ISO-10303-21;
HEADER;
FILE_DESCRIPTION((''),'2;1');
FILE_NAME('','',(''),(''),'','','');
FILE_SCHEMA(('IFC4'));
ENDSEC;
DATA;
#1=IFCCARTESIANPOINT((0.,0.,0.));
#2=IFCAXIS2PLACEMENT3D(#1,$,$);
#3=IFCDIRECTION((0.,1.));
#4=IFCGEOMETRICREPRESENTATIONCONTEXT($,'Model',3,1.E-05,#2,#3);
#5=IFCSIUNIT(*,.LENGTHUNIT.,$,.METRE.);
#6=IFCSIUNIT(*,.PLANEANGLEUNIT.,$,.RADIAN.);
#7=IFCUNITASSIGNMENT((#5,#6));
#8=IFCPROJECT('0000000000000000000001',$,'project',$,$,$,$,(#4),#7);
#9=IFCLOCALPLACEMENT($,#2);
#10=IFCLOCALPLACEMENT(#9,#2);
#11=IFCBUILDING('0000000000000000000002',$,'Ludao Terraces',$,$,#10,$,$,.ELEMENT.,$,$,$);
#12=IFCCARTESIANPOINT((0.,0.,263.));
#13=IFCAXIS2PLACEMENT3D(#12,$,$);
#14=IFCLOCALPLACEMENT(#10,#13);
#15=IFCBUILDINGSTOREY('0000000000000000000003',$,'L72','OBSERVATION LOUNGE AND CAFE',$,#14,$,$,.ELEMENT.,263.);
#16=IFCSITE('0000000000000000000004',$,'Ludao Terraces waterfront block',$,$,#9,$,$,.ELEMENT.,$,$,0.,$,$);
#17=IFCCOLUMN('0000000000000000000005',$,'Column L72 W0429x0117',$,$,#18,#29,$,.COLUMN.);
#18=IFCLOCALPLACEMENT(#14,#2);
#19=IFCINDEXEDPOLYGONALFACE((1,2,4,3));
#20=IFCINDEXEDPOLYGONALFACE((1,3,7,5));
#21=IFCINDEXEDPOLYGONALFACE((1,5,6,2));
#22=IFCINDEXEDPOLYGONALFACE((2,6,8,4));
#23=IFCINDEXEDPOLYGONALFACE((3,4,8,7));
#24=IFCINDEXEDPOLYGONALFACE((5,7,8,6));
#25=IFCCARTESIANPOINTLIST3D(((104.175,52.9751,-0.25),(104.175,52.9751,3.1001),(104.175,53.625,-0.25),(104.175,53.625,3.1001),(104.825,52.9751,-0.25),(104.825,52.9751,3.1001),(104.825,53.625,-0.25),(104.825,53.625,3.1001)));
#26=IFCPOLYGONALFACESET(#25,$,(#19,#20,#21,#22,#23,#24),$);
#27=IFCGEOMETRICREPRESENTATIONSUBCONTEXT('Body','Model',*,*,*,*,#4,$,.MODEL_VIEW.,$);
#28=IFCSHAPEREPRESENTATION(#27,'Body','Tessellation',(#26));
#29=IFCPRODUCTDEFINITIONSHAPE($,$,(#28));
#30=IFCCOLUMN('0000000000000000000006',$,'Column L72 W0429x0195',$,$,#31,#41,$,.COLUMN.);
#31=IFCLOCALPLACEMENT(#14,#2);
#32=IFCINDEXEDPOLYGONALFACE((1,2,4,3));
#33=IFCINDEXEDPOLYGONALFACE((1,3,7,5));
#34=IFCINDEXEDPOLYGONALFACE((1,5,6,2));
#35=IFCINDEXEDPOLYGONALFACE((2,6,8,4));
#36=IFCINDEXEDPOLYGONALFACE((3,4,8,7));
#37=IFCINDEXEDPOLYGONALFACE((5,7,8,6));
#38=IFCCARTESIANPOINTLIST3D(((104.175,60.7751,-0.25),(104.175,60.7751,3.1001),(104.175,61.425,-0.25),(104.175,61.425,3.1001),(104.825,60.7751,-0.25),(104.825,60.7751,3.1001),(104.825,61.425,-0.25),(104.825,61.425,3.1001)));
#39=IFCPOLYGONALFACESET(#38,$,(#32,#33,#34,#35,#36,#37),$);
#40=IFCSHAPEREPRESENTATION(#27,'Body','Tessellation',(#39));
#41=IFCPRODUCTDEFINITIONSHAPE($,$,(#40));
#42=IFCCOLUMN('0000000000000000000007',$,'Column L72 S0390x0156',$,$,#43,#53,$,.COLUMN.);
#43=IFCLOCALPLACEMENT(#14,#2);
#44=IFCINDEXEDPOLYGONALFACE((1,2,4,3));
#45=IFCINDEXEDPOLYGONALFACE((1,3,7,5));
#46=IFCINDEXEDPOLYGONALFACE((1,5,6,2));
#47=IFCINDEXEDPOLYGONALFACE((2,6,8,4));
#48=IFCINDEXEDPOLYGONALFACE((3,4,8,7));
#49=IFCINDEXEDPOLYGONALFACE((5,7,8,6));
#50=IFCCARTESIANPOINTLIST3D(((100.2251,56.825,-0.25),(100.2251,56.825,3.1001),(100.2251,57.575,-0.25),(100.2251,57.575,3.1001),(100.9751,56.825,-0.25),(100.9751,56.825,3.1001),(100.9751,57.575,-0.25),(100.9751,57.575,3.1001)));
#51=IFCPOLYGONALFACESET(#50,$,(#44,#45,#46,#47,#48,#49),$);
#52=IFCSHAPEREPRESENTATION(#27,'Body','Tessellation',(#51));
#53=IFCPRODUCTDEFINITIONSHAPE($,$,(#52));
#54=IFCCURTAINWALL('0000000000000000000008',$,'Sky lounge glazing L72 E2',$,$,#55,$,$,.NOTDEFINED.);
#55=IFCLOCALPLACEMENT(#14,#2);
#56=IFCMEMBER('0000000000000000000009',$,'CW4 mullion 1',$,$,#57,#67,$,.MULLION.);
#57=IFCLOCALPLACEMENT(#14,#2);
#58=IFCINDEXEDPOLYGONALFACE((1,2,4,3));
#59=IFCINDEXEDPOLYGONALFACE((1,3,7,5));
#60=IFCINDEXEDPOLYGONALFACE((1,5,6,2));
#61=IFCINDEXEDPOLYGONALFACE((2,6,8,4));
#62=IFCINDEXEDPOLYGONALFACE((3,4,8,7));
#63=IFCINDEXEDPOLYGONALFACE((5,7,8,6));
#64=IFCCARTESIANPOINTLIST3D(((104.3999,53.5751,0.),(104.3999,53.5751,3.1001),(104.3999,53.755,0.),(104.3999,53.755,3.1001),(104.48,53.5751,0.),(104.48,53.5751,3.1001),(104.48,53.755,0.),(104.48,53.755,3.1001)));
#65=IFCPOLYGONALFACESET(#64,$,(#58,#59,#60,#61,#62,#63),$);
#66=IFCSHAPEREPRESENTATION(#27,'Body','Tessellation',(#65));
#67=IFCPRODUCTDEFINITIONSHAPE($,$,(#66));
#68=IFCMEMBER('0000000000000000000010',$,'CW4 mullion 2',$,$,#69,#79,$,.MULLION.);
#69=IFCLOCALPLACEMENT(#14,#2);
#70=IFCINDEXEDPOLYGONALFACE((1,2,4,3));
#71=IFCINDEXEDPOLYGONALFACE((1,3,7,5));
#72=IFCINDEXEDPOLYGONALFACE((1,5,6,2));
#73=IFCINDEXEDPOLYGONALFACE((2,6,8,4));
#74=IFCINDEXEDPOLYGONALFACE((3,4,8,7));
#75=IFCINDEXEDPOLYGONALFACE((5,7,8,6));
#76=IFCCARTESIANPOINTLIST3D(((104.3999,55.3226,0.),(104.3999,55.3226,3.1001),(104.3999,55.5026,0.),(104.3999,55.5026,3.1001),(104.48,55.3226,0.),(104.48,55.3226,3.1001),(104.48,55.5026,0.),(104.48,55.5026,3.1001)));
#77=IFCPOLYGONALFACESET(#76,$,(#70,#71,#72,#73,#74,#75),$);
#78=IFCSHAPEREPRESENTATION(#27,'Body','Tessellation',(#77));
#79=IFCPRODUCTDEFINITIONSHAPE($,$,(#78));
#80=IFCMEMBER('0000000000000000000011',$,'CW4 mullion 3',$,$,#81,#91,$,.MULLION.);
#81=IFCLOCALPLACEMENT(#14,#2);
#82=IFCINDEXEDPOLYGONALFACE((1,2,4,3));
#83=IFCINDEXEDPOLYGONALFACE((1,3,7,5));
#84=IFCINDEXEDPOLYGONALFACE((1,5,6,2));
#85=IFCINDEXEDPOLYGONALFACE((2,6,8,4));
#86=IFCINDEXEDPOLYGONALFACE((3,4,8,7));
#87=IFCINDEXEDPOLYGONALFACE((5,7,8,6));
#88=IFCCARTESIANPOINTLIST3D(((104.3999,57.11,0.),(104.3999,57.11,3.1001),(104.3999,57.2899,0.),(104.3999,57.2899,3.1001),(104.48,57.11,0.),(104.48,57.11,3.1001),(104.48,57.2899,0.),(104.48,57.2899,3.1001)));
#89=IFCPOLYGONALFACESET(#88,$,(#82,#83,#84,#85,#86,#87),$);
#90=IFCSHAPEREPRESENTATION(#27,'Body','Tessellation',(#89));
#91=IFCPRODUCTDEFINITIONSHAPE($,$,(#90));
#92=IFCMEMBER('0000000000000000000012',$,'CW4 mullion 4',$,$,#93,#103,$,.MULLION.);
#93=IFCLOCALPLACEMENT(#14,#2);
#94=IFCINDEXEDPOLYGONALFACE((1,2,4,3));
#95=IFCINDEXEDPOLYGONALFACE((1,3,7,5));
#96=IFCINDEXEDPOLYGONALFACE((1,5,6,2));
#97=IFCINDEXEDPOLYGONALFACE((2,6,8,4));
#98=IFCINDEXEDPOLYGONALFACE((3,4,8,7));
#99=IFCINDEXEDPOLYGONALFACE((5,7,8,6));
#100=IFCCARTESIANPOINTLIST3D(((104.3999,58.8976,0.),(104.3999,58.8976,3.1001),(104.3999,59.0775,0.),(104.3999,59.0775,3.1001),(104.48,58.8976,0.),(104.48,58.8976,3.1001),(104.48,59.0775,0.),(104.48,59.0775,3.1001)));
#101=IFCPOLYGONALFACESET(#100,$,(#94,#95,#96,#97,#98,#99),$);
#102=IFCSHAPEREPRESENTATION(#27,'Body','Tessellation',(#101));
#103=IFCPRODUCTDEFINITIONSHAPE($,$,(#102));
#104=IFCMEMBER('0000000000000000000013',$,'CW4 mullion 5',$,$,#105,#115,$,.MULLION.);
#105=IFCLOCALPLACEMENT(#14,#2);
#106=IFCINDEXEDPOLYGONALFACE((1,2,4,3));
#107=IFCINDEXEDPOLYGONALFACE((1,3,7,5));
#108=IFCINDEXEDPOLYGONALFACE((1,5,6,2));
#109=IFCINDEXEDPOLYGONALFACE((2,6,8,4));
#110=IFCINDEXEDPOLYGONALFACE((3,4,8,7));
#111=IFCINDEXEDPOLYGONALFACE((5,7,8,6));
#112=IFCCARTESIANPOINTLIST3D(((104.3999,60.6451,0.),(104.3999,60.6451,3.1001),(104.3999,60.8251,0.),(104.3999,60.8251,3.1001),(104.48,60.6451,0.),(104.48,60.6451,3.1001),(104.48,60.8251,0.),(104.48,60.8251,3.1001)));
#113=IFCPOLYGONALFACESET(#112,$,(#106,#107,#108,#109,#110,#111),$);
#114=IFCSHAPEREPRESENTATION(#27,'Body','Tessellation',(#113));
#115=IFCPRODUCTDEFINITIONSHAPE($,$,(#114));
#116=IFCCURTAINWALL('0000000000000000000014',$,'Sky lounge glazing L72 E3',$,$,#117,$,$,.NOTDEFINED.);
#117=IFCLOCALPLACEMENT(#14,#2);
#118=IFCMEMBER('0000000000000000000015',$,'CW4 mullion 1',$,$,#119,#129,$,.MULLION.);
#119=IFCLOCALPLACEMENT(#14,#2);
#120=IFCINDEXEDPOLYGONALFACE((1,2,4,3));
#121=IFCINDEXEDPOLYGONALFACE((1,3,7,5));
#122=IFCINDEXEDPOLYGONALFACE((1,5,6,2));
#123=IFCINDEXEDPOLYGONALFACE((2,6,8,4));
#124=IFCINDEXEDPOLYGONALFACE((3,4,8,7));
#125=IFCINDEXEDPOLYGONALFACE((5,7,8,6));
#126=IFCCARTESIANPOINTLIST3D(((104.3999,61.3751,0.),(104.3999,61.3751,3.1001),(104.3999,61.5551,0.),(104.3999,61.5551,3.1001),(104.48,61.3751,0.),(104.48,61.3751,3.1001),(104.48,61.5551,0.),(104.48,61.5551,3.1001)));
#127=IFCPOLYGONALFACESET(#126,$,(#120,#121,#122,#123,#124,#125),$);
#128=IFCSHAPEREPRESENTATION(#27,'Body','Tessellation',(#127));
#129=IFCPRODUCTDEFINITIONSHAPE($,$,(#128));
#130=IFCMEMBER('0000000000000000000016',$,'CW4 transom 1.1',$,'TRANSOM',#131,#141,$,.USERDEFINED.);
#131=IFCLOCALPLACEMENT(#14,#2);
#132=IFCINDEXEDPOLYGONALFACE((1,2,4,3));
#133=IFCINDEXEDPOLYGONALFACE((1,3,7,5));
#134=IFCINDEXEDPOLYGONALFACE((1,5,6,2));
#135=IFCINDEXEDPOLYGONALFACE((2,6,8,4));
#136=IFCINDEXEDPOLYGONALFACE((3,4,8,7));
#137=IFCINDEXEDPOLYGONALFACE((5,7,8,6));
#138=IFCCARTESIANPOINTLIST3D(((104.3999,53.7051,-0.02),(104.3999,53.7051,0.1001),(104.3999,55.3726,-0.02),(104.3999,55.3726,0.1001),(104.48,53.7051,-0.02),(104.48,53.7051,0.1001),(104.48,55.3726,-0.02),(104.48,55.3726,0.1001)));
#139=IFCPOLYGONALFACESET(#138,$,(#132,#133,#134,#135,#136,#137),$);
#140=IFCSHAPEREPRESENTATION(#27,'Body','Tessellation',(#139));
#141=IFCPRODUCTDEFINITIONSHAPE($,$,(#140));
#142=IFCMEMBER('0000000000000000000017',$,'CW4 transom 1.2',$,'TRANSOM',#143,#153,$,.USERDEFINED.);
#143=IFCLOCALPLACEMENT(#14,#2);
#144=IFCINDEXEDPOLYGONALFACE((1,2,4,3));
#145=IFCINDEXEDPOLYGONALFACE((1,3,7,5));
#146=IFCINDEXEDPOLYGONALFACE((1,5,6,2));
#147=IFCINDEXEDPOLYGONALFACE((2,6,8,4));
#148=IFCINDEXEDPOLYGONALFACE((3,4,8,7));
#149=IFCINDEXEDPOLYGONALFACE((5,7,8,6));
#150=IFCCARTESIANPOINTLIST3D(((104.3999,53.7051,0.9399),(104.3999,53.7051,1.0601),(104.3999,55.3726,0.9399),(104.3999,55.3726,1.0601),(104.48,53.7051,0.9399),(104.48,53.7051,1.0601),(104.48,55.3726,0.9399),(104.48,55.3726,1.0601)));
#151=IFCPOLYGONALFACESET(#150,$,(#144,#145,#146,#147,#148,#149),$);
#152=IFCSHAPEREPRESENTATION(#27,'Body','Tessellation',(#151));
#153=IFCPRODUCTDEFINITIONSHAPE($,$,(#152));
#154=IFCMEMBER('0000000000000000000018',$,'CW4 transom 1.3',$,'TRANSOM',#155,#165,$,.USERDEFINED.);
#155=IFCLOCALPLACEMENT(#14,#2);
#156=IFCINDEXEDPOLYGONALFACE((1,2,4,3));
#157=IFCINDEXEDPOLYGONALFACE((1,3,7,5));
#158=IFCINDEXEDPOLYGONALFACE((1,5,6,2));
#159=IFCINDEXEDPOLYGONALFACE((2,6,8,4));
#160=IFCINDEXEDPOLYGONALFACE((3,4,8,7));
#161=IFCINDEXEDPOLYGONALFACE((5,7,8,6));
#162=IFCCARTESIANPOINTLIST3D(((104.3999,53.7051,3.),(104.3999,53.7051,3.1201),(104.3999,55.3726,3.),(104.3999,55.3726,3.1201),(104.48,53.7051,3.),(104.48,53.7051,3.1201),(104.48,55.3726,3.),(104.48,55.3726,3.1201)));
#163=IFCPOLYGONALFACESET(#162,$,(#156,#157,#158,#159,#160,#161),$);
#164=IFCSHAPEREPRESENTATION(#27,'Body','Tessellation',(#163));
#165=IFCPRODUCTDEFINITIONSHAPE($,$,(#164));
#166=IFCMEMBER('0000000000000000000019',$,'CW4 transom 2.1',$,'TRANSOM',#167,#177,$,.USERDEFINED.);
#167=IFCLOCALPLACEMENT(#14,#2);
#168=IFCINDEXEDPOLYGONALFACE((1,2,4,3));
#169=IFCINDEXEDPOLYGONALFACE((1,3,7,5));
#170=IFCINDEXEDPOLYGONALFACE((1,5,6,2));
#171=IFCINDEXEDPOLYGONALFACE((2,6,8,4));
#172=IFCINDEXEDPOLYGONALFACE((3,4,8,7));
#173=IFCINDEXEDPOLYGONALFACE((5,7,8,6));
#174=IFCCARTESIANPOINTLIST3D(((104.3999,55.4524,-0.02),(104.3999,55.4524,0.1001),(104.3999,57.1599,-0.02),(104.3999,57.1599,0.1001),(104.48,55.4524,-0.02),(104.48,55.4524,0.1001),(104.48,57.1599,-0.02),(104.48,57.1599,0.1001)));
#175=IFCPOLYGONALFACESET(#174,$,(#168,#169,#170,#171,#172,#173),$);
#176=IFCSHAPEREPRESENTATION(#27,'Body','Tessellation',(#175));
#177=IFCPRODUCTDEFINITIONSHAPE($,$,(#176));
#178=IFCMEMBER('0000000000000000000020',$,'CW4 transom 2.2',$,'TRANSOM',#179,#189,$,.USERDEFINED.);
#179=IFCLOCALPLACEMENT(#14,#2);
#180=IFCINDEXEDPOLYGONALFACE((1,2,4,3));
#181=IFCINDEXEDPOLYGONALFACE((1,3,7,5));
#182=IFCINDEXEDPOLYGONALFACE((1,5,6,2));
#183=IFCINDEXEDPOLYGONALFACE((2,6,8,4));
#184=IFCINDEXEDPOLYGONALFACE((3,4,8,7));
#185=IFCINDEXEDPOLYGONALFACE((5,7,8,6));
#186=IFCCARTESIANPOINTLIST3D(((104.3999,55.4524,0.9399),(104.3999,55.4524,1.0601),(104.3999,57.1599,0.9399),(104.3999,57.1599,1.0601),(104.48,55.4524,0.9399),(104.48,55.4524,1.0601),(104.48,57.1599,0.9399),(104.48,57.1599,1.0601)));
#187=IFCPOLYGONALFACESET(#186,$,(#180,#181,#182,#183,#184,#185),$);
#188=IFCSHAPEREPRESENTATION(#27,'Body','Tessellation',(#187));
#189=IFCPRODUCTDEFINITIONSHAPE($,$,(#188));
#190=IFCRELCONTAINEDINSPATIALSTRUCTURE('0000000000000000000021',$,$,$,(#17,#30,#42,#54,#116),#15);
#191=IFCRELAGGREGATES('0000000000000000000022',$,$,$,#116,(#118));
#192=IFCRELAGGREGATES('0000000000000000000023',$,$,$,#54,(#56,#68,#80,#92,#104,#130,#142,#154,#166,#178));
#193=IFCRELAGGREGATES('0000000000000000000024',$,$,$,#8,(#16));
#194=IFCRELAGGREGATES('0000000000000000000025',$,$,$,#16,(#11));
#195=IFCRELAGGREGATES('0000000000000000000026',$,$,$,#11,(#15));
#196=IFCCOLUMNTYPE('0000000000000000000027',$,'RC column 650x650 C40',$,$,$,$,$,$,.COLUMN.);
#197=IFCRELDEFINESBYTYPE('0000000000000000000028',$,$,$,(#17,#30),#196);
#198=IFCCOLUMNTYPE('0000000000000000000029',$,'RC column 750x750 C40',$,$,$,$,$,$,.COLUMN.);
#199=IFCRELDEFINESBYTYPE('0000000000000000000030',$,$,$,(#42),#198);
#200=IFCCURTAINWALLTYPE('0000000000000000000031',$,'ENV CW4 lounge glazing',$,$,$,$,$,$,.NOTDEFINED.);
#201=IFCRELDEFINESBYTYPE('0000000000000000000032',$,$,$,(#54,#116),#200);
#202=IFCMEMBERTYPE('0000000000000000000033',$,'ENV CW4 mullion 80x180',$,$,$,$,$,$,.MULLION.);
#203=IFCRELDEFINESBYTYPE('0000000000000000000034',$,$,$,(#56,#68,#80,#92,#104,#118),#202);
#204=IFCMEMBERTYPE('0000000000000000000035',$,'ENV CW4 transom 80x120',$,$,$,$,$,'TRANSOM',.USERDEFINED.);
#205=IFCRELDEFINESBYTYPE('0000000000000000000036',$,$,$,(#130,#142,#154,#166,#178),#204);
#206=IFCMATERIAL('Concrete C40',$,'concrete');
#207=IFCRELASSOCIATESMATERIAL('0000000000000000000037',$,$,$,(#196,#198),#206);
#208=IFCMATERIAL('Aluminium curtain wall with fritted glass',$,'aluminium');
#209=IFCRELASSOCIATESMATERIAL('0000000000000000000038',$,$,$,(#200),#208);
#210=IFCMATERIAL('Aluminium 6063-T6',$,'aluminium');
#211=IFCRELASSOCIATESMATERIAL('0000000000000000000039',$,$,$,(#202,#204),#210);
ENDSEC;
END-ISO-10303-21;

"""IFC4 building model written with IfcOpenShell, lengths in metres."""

from ifc_helpers import new_model, si_unit, direction, frame, origin, origin_2d, place, context, subcontext, project, spatial, rectangle, extrude, material, material_profile, profile_set, type_object, element, aggregate, save


model = new_model("IFC4")

# Units and contexts
model_context = context("Model", 3, precision=1e-05, world=origin(), true_north=direction((0.0, 1.0)))
body_context = subcontext(model_context, "Body", "Model", "MODEL_VIEW")
ifc_project = project(units=[si_unit("LENGTHUNIT", "METRE"), si_unit("PLANEANGLEUNIT", "RADIAN")], contexts=[model_context])

# Site, building, storey
site_placement = place(None, origin())
site = spatial("IfcSite", under=ifc_project, at=site_placement, Name="Ludao Terraces waterfront block", CompositionType="ELEMENT", RefElevation=0.0)
building_placement = place(site_placement, origin())
building = spatial("IfcBuilding", under=site, at=building_placement, Name="Ludao Terraces", CompositionType="ELEMENT")
storey_placement = place(building_placement, frame((0.0, 0.0, 263.0)))
storey = spatial("IfcBuildingStorey", under=building, at=storey_placement, Name="L72", Description="OBSERVATION LOUNGE AND CAFE", CompositionType="ELEMENT", Elevation=263.0)

# Columns
ifc_material_1 = material(Name="Concrete C40", Category="concrete")
ifc_material_profile_1 = material_profile(ifc_material_1, rectangle(XDim=0.6499, YDim=0.6499, at=origin_2d()), Name="650 X 650")
ifc_profile_set_1 = profile_set([ifc_material_profile_1], Name="Concrete C40")
column_type_1 = type_object("IfcColumnType", Name="RC column 650x650 C40", PredefinedType="COLUMN", material=ifc_profile_set_1)
for number, where, z_axis, x_axis, name in (
    (1, (104.5, 53.3, -0.25), (0.0, 0.0, 1.0), (1.0, 0.0, 0.0), "Column L72 W0429x0117"),
    (2, (104.5, 61.1001, -0.25), (0.0, 0.0, 1.0), (1.0, 0.0, 0.0), "Column L72 W0429x0195"),
):
    element("IfcColumn", number, at=place(storey_placement, frame(where, z_axis=z_axis, x_axis=x_axis)), inside=storey, type_object=column_type_1, Name=name, PredefinedType="COLUMN", context=body_context, shape_type="SweptSolid", body=[
        extrude(rectangle(XDim=0.6499, YDim=0.6499, at=origin_2d()), origin(), (0.0, 0.0, 1.0), 3.3501),
    ])
ifc_material_profile_2 = material_profile(ifc_material_1, rectangle(XDim=0.75, YDim=0.75, at=origin_2d()), Name="750 X 750")
ifc_profile_set_2 = profile_set([ifc_material_profile_2], Name="Concrete C40")
column_type_2 = type_object("IfcColumnType", Name="RC column 750x750 C40", PredefinedType="COLUMN", material=ifc_profile_set_2)
column_placement = place(storey_placement, frame((100.6001, 57.2, -0.25), z_axis=(0.0, 0.0, 1.0), x_axis=(1.0, 0.0, 0.0)))
element("IfcColumn", 3, at=column_placement, inside=storey, type_object=column_type_2, Name="Column L72 S0390x0156", PredefinedType="COLUMN", context=body_context, shape_type="SweptSolid", body=[
    extrude(rectangle(XDim=0.75, YDim=0.75, at=origin_2d()), origin(), (0.0, 0.0, 1.0), 3.3501),
])

# Curtain wall, members
ifc_material_2 = material(Name="Aluminium curtain wall with fritted glass", Category="aluminium")
curtain_wall_type = type_object("IfcCurtainWallType", Name="ENV CW4 lounge glazing", PredefinedType="NOTDEFINED", material=ifc_material_2)
curtain_wall_1_placement = place(storey_placement, origin())
curtain_wall_1 = element("IfcCurtainWall", 4, at=curtain_wall_1_placement, inside=storey, type_object=curtain_wall_type, Name="Sky lounge glazing L72 E2", PredefinedType="NOTDEFINED")
ifc_material_3 = material(Name="Aluminium 6063-T6", Category="aluminium")
ifc_material_profile_3 = material_profile(ifc_material_3, rectangle(XDim=0.0801, YDim=0.1799, at=origin_2d()), Name="80 X 180")
ifc_profile_set_3 = profile_set([ifc_material_profile_3], Name="Aluminium 6063-T6")
member_type_1 = type_object("IfcMemberType", Name="ENV CW4 mullion 80x180", PredefinedType="MULLION", material=ifc_profile_set_3)
member_1_placement = place(storey_placement, frame((104.4399, 53.665, 0.0), z_axis=(0.0, 0.0, 1.0), x_axis=(-1.0, 0.0, 0.0)))
member_1 = element("IfcMember", 5, at=member_1_placement, type_object=member_type_1, Name="CW4 mullion 1", PredefinedType="MULLION", context=body_context, shape_type="SweptSolid", body=[
    extrude(rectangle(XDim=0.0801, YDim=0.1799, at=origin_2d()), origin(), (0.0, 0.0, 1.0), 3.1001),
])
member_2_placement = place(storey_placement, frame((104.4399, 55.4126, 0.0), z_axis=(0.0, 0.0, 1.0), x_axis=(-1.0, 0.0, 0.0)))
member_2 = element("IfcMember", 6, at=member_2_placement, type_object=member_type_1, Name="CW4 mullion 2", PredefinedType="MULLION", context=body_context, shape_type="SweptSolid", body=[
    extrude(rectangle(XDim=0.0801, YDim=0.1799, at=origin_2d()), origin(), (0.0, 0.0, 1.0), 3.1001),
])
member_3_placement = place(storey_placement, frame((104.4399, 57.2, 0.0), z_axis=(0.0, 0.0, 1.0), x_axis=(-1.0, 0.0, 0.0)))
member_3 = element("IfcMember", 7, at=member_3_placement, type_object=member_type_1, Name="CW4 mullion 3", PredefinedType="MULLION", context=body_context, shape_type="SweptSolid", body=[
    extrude(rectangle(XDim=0.0801, YDim=0.1799, at=origin_2d()), origin(), (0.0, 0.0, 1.0), 3.1001),
])
member_4_placement = place(storey_placement, frame((104.4399, 58.9875, 0.0), z_axis=(0.0, 0.0, 1.0), x_axis=(-1.0, 0.0, 0.0)))
member_4 = element("IfcMember", 8, at=member_4_placement, type_object=member_type_1, Name="CW4 mullion 4", PredefinedType="MULLION", context=body_context, shape_type="SweptSolid", body=[
    extrude(rectangle(XDim=0.0801, YDim=0.1799, at=origin_2d()), origin(), (0.0, 0.0, 1.0), 3.1001),
])
member_5_placement = place(storey_placement, frame((104.4399, 60.7351, 0.0), z_axis=(0.0, 0.0, 1.0), x_axis=(-1.0, 0.0, 0.0)))
member_5 = element("IfcMember", 9, at=member_5_placement, type_object=member_type_1, Name="CW4 mullion 5", PredefinedType="MULLION", context=body_context, shape_type="SweptSolid", body=[
    extrude(rectangle(XDim=0.0801, YDim=0.1799, at=origin_2d()), origin(), (0.0, 0.0, 1.0), 3.1001),
])

# Curtain wall, member
curtain_wall_2_placement = place(storey_placement, origin())
curtain_wall_2 = element("IfcCurtainWall", 10, at=curtain_wall_2_placement, inside=storey, type_object=curtain_wall_type, Name="Sky lounge glazing L72 E3", PredefinedType="NOTDEFINED")
member_6_placement = place(storey_placement, frame((104.4399, 61.4651, 0.0), z_axis=(0.0, 0.0, 1.0), x_axis=(-1.0, 0.0, 0.0)))
member_6 = element("IfcMember", 11, at=member_6_placement, type_object=member_type_1, Name="CW4 mullion 1", PredefinedType="MULLION", context=body_context, shape_type="SweptSolid", body=[
    extrude(rectangle(XDim=0.0801, YDim=0.1799, at=origin_2d()), origin(), (0.0, 0.0, 1.0), 3.1001),
])

# Members
ifc_material_profile_4 = material_profile(ifc_material_3, rectangle(XDim=0.0801, YDim=0.1201, at=origin_2d()), Name="80 X 120")
ifc_profile_set_4 = profile_set([ifc_material_profile_4], Name="Aluminium 6063-T6")
member_type_2 = type_object("IfcMemberType", Name="ENV CW4 transom 80x120", ElementType="TRANSOM", PredefinedType="USERDEFINED", material=ifc_profile_set_4)
member_7_placement = place(storey_placement, frame((104.4399, 53.7051, 0.04), z_axis=(0.0, 1.0, 0.0), x_axis=(-1.0, 0.0, 0.0)))
member_7 = element("IfcMember", 12, at=member_7_placement, type_object=member_type_2, Name="CW4 transom 1.1", ObjectType="TRANSOM", PredefinedType="USERDEFINED", context=body_context, shape_type="SweptSolid", body=[
    extrude(rectangle(XDim=0.0801, YDim=0.1201, at=origin_2d()), origin(), (0.0, 0.0, 1.0), 1.6675),
])
member_8_placement = place(storey_placement, frame((104.4399, 53.7051, 1.0), z_axis=(0.0, 1.0, 0.0), x_axis=(-1.0, 0.0, 0.0)))
member_8 = element("IfcMember", 13, at=member_8_placement, type_object=member_type_2, Name="CW4 transom 1.2", ObjectType="TRANSOM", PredefinedType="USERDEFINED", context=body_context, shape_type="SweptSolid", body=[
    extrude(rectangle(XDim=0.0801, YDim=0.1201, at=origin_2d()), origin(), (0.0, 0.0, 1.0), 1.6675),
])
member_9_placement = place(storey_placement, frame((104.4399, 53.7051, 3.0601), z_axis=(0.0, 1.0, 0.0), x_axis=(-1.0, 0.0, 0.0)))
member_9 = element("IfcMember", 14, at=member_9_placement, type_object=member_type_2, Name="CW4 transom 1.3", ObjectType="TRANSOM", PredefinedType="USERDEFINED", context=body_context, shape_type="SweptSolid", body=[
    extrude(rectangle(XDim=0.0801, YDim=0.1201, at=origin_2d()), origin(), (0.0, 0.0, 1.0), 1.6675),
])
member_10_placement = place(storey_placement, frame((104.4399, 55.4524, 0.04), z_axis=(0.0, 1.0, 0.0), x_axis=(-1.0, 0.0, 0.0)))
member_10 = element("IfcMember", 15, at=member_10_placement, type_object=member_type_2, Name="CW4 transom 2.1", ObjectType="TRANSOM", PredefinedType="USERDEFINED", context=body_context, shape_type="SweptSolid", body=[
    extrude(rectangle(XDim=0.0801, YDim=0.1201, at=origin_2d()), origin(), (0.0, 0.0, 1.0), 1.7075),
])
member_11_placement = place(storey_placement, frame((104.4399, 55.4524, 1.0), z_axis=(0.0, 1.0, 0.0), x_axis=(-1.0, 0.0, 0.0)))
member_11 = element("IfcMember", 16, at=member_11_placement, type_object=member_type_2, Name="CW4 transom 2.2", ObjectType="TRANSOM", PredefinedType="USERDEFINED", context=body_context, shape_type="SweptSolid", body=[
    extrude(rectangle(XDim=0.0801, YDim=0.1201, at=origin_2d()), origin(), (0.0, 0.0, 1.0), 1.7075),
])
aggregate(curtain_wall_2, [member_6])

aggregate(curtain_wall_1, [member_1, member_2, member_3, member_4, member_5, member_7, member_8, member_9, member_10, member_11])

save(model, "model.ifc")
